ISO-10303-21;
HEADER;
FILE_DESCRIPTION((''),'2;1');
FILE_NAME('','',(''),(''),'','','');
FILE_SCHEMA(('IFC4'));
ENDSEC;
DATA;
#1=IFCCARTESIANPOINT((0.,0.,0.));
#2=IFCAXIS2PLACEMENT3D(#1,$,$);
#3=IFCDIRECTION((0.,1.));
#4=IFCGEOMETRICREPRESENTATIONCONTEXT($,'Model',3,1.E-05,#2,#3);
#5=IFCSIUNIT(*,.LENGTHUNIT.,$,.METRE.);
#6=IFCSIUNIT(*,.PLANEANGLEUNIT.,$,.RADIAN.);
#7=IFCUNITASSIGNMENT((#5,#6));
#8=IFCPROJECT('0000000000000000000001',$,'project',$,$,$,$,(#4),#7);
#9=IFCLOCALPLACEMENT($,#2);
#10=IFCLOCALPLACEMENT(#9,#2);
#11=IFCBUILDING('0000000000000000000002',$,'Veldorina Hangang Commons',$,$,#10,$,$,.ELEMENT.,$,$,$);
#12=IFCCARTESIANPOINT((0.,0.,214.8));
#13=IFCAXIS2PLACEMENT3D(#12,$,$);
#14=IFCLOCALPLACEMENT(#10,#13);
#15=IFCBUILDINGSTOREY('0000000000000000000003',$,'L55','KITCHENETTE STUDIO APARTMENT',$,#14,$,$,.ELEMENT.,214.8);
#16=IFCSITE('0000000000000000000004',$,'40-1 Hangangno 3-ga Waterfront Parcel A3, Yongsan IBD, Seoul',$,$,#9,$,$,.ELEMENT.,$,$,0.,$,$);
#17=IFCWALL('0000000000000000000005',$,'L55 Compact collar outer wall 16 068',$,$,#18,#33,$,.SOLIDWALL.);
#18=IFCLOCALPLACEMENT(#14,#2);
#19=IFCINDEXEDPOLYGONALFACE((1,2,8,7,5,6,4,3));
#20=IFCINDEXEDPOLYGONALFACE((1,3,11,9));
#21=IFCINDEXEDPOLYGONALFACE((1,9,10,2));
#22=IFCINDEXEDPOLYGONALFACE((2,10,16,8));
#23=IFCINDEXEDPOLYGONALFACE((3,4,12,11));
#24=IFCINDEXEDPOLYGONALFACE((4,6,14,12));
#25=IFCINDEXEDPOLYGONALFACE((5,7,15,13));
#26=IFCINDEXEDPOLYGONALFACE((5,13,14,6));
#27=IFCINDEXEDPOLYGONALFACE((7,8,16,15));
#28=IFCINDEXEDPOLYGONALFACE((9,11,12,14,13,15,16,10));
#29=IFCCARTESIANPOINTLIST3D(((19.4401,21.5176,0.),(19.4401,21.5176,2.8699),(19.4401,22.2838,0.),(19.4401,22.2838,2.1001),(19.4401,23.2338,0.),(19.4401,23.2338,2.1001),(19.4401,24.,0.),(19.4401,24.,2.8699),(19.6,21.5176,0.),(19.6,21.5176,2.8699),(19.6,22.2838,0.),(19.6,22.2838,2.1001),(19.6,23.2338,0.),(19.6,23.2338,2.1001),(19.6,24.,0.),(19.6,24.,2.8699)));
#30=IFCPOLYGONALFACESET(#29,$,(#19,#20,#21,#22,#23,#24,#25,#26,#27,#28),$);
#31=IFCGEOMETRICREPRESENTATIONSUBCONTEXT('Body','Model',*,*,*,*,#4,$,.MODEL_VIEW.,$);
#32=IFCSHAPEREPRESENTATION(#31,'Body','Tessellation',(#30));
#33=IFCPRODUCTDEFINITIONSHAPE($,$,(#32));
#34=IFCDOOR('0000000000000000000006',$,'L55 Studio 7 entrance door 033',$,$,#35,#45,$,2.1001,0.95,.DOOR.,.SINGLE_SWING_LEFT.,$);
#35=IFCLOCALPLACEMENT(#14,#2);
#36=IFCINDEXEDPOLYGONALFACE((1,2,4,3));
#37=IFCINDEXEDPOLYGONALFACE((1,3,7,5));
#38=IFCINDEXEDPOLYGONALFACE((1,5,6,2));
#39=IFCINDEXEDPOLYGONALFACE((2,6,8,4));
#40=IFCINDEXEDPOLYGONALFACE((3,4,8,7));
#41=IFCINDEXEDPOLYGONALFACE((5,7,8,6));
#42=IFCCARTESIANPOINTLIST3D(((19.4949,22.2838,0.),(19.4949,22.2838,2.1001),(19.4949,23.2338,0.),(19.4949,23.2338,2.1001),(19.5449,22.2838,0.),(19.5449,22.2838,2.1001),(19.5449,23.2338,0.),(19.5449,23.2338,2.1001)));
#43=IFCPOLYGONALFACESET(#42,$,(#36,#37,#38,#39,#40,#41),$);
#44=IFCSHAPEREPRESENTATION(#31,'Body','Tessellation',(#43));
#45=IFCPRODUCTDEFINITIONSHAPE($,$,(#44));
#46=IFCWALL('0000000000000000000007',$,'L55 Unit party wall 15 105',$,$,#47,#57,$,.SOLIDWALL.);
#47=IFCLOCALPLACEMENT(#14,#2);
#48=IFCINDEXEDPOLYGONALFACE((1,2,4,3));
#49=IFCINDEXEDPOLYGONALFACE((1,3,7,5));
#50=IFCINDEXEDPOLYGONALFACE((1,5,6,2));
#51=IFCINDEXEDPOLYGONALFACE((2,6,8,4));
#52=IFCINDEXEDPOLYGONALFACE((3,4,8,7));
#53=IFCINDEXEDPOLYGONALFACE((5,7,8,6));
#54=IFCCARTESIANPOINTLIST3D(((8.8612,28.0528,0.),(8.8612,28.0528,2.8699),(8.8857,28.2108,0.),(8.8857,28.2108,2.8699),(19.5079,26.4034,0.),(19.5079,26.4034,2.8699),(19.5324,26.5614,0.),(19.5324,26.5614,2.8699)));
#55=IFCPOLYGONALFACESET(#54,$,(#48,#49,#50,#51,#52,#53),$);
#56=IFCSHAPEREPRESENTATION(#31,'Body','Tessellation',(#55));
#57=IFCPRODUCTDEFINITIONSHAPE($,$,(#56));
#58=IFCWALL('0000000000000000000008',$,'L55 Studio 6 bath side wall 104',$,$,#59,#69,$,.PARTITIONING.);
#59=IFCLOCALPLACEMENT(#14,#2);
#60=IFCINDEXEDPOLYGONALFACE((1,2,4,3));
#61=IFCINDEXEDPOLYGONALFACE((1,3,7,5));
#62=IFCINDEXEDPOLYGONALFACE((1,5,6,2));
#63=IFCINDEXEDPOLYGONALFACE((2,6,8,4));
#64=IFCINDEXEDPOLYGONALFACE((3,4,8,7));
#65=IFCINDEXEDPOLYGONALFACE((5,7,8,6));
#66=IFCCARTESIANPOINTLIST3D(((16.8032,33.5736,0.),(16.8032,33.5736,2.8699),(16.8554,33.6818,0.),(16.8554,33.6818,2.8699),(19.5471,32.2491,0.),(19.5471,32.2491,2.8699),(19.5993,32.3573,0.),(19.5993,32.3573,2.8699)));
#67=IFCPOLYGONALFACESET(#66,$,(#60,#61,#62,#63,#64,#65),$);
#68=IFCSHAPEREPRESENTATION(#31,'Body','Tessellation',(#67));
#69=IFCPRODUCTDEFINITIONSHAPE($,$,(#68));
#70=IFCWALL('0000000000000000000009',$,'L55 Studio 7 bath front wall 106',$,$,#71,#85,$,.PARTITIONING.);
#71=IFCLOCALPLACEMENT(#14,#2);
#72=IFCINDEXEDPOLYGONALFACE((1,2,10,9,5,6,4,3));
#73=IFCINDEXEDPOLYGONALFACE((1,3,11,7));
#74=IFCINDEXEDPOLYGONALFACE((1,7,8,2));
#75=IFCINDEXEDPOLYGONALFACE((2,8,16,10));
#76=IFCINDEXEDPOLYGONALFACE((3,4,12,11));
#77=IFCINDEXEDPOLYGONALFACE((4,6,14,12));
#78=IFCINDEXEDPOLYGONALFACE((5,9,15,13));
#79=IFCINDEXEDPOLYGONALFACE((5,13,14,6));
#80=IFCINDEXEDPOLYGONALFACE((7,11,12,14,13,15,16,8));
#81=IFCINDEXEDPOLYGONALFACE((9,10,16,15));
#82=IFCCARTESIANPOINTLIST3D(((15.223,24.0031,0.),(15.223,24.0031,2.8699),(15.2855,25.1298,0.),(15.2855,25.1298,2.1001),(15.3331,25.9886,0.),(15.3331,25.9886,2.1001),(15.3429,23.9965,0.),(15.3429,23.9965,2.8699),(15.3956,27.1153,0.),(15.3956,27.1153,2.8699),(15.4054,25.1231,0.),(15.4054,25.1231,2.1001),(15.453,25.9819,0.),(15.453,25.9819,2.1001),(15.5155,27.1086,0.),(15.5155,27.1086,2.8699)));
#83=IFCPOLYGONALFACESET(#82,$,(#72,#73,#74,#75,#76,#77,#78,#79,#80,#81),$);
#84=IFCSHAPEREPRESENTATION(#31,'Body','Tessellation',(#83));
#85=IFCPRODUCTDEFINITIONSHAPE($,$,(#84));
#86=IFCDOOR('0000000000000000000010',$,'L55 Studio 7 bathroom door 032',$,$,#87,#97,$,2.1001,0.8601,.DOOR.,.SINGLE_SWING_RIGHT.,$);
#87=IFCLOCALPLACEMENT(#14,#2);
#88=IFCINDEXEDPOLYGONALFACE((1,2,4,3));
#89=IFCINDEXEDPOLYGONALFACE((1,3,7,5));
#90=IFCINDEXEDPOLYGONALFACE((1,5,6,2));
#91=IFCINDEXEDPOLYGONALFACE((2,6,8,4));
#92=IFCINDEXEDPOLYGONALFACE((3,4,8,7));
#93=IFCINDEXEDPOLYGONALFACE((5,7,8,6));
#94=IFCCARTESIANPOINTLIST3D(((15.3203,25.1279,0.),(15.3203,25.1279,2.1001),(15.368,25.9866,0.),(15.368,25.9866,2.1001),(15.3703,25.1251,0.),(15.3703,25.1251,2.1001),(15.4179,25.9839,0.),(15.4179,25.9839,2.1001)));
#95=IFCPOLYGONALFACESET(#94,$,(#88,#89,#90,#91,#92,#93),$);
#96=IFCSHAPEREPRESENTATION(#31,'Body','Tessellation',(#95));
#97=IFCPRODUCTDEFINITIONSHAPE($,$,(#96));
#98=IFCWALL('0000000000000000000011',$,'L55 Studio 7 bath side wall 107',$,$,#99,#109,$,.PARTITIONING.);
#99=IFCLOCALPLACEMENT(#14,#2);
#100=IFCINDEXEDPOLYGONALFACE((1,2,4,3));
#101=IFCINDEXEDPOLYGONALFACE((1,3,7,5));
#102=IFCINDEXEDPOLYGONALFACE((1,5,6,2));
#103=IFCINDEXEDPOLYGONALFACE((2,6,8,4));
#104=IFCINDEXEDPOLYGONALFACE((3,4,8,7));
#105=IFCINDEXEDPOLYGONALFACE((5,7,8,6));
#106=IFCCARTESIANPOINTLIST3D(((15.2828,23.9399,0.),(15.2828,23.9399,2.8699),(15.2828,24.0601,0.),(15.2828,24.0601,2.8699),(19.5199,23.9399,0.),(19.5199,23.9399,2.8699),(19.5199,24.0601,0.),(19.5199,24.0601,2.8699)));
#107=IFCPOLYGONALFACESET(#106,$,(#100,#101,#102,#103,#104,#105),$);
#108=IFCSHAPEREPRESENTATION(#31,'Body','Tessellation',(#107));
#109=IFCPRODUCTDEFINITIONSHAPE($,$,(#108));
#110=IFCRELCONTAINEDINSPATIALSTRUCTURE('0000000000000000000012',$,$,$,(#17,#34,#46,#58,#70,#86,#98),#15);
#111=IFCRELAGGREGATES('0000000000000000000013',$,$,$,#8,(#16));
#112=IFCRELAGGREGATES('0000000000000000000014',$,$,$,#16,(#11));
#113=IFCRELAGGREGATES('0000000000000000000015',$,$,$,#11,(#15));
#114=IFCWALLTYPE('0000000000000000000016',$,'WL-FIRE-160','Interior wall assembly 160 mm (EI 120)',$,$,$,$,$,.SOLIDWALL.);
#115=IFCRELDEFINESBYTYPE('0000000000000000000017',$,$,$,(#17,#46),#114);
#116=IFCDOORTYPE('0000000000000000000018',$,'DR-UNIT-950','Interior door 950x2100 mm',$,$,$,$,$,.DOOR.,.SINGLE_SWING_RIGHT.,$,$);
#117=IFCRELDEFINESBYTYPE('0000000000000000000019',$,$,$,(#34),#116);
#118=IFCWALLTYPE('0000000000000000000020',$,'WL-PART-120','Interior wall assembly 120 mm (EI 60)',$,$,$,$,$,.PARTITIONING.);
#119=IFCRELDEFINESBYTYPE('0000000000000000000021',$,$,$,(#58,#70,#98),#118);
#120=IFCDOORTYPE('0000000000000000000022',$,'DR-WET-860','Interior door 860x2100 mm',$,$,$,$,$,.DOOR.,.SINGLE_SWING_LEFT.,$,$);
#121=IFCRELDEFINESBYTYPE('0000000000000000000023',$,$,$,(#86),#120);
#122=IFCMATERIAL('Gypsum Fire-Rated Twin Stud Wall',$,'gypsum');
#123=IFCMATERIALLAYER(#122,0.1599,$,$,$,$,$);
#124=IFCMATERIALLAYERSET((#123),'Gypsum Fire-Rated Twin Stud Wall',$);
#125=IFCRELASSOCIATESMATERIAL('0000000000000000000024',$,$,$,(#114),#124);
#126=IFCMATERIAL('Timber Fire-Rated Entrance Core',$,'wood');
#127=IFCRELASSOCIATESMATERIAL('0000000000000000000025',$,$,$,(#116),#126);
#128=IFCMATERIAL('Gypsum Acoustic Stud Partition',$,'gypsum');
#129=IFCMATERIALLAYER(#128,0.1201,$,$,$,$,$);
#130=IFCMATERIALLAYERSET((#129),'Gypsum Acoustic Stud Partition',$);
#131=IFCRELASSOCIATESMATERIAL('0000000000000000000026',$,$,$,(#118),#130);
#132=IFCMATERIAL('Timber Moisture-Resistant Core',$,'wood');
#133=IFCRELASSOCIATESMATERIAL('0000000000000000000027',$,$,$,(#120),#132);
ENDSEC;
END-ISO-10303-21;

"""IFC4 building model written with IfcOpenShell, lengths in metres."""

from ifc_helpers import new_model, si_unit, direction, frame, frame_2d, origin, place, context, subcontext, project, spatial, rectangle, extrude, material, layer, layer_set, type_object, element, fill, save


model = new_model("IFC4")

# Units and contexts
model_context = context("Model", 3, precision=1e-05, world=origin(), true_north=direction((0.0, 1.0)))
body_context = subcontext(model_context, "Body", "Model", "MODEL_VIEW")
ifc_project = project(units=[si_unit("LENGTHUNIT", "METRE"), si_unit("PLANEANGLEUNIT", "RADIAN")], contexts=[model_context])

# Site, building, storey
site_placement = place(None, origin())
site = spatial("IfcSite", under=ifc_project, at=site_placement, Name="40-1 Hangangno 3-ga Waterfront Parcel A3, Yongsan IBD, Seoul", CompositionType="ELEMENT", RefElevation=0.0)
building_placement = place(site_placement, origin())
building = spatial("IfcBuilding", under=site, at=building_placement, Name="Veldorina Hangang Commons", CompositionType="ELEMENT")
storey_placement = place(building_placement, frame((0.0, 0.0, 214.8)))
storey = spatial("IfcBuildingStorey", under=building, at=storey_placement, Name="L55", Description="KITCHENETTE STUDIO APARTMENT", CompositionType="ELEMENT", Elevation=214.8)

# Shared definitions
ifc_material_1 = material(Name="Gypsum Fire-Rated Twin Stud Wall", Category="gypsum")
ifc_layer_1 = layer(ifc_material_1, 0.1599)
ifc_layer_set_1 = layer_set([ifc_layer_1], Name="Gypsum Fire-Rated Twin Stud Wall")
wall_type_1 = type_object("IfcWallType", Name="WL-FIRE-160", Description="Interior wall assembly 160 mm (EI 120)", PredefinedType="SOLIDWALL", material=ifc_layer_set_1)
ifc_material_2 = material(Name="Timber Fire-Rated Entrance Core", Category="wood")
door_type_1 = type_object("IfcDoorType", Name="DR-UNIT-950", Description="Interior door 950x2100 mm", OperationType="SINGLE_SWING_RIGHT", PredefinedType="DOOR", material=ifc_material_2)

# Wall, opening, door
wall_1_placement = place(storey_placement, frame((19.52, 24.0, 0.0), z_axis=(0.0, 0.0, 1.0), x_axis=(0.0, -1.0, 0.0)))
wall_1 = element("IfcWall", 1, at=wall_1_placement, inside=storey, type_object=wall_type_1, Name="L55 Compact collar outer wall 16 068", PredefinedType="SOLIDWALL", context=body_context, shape_type="SweptSolid", body=[
    extrude(rectangle(XDim=2.4824, YDim=0.1599, at=frame_2d((1.2412, 0.0))), origin(), (0.0, 0.0, 1.0), 2.8699),
])
opening_1_placement = place(wall_1_placement, frame((0.7661, 0.0, 0.0)))
opening_1 = element("IfcOpeningElement", 2, at=opening_1_placement, cuts=wall_1, PredefinedType="OPENING", context=body_context, shape_type="SweptSolid", body=[
    extrude(rectangle(XDim=0.95, YDim=2.1001, at=frame_2d((0.4751, 1.05))), frame((0.0, 0.0898, 0.0), z_axis=(0.0, -1.0, 0.0), x_axis=(1.0, 0.0, 0.0)), (0.0, 0.0, 1.0), 0.1799),
])
door_1_placement = place(opening_1_placement, origin())
door_1 = element("IfcDoor", 3, at=door_1_placement, inside=storey, type_object=door_type_1, Name="L55 Studio 7 entrance door 033", OperationType="SINGLE_SWING_LEFT", OverallHeight=2.1001, OverallWidth=0.95, PredefinedType="DOOR", context=body_context, shape_type="SweptSolid", body=[
    extrude(rectangle(XDim=0.95, YDim=2.1001, at=frame_2d((0.4751, 1.05))), frame((0.0, 0.0249, 0.0), z_axis=(0.0, -1.0, 0.0), x_axis=(1.0, 0.0, 0.0)), (0.0, 0.0, 1.0), 0.05),
])
fill(opening_1, door_1)

# Walls
wall_2_placement = place(storey_placement, frame((19.52, 26.4824, 0.0), z_axis=(0.0, 0.0, 1.0), x_axis=(-0.988211, 0.153096, 0.0)))
element("IfcWall", 4, at=wall_2_placement, inside=storey, type_object=wall_type_1, Name="L55 Unit party wall 15 105", PredefinedType="SOLIDWALL", context=body_context, shape_type="SweptSolid", body=[
    extrude(rectangle(XDim=10.7737, YDim=0.1599, at=frame_2d((5.3867, 0.0))), origin(), (0.0, 0.0, 1.0), 2.8699),
])
ifc_material_3 = material(Name="Gypsum Acoustic Stud Partition", Category="gypsum")
ifc_layer_2 = layer(ifc_material_3, 0.1201)
ifc_layer_set_2 = layer_set([ifc_layer_2], Name="Gypsum Acoustic Stud Partition")
wall_type_2 = type_object("IfcWallType", Name="WL-PART-120", Description="Interior wall assembly 120 mm (EI 60)", PredefinedType="PARTITIONING", material=ifc_layer_set_2)
wall_3_placement = place(storey_placement, frame((19.5732, 32.3032, 0.0), z_axis=(0.0, 0.0, 1.0), x_axis=(-0.900574, 0.434702, 0.0)))
element("IfcWall", 5, at=wall_3_placement, inside=storey, type_object=wall_type_2, Name="L55 Studio 6 bath side wall 104", PredefinedType="PARTITIONING", context=body_context, shape_type="SweptSolid", body=[
    extrude(rectangle(XDim=3.0469, YDim=0.1201, at=frame_2d((1.5234, 0.0))), origin(), (0.0, 0.0, 1.0), 2.8699),
])

# Wall, opening, door
wall_4_placement = place(storey_placement, frame((15.4556, 27.1121, 0.0), z_axis=(0.0, 0.0, 1.0), x_axis=(-0.055379, -0.998465, 0.0)))
wall_4 = element("IfcWall", 6, at=wall_4_placement, inside=storey, type_object=wall_type_2, Name="L55 Studio 7 bath front wall 106", PredefinedType="PARTITIONING", context=body_context, shape_type="SweptSolid", body=[
    extrude(rectangle(XDim=3.1169, YDim=0.1201, at=frame_2d((1.5586, 0.0))), origin(), (0.0, 0.0, 1.0), 2.8699),
])
opening_2_placement = place(wall_4_placement, frame((1.1284, 0.0, 0.0)))
opening_2 = element("IfcOpeningElement", 7, at=opening_2_placement, cuts=wall_4, PredefinedType="OPENING", context=body_context, shape_type="SweptSolid", body=[
    extrude(rectangle(XDim=0.8601, YDim=2.1001, at=frame_2d((0.4302, 1.05))), frame((0.0, 0.0701, 0.0), z_axis=(0.0, -1.0, 0.0), x_axis=(1.0, 0.0, 0.0)), (0.0, 0.0, 1.0), 0.1401),
])
ifc_material_4 = material(Name="Timber Moisture-Resistant Core", Category="wood")
door_type_2 = type_object("IfcDoorType", Name="DR-WET-860", Description="Interior door 860x2100 mm", OperationType="SINGLE_SWING_LEFT", PredefinedType="DOOR", material=ifc_material_4)
door_2_placement = place(opening_2_placement, origin())
door_2 = element("IfcDoor", 8, at=door_2_placement, inside=storey, type_object=door_type_2, Name="L55 Studio 7 bathroom door 032", OperationType="SINGLE_SWING_RIGHT", OverallHeight=2.1001, OverallWidth=0.8601, PredefinedType="DOOR", context=body_context, shape_type="SweptSolid", body=[
    extrude(rectangle(XDim=0.8601, YDim=2.1001, at=frame_2d((0.4302, 1.05))), frame((0.0, 0.0249, 0.0), z_axis=(0.0, -1.0, 0.0), x_axis=(1.0, 0.0, 0.0)), (0.0, 0.0, 1.0), 0.05),
])
fill(opening_2, door_2)

# Wall
wall_5_placement = place(storey_placement, frame((19.52, 24.0, 0.0), z_axis=(0.0, 0.0, 1.0), x_axis=(-1.0, 0.0, 0.0)))
element("IfcWall", 9, at=wall_5_placement, inside=storey, type_object=wall_type_2, Name="L55 Studio 7 bath side wall 107", PredefinedType="PARTITIONING", context=body_context, shape_type="SweptSolid", body=[
    extrude(rectangle(XDim=4.2371, YDim=0.1201, at=frame_2d((2.1187, 0.0))), origin(), (0.0, 0.0, 1.0), 2.8699),
])

save(model, "model.ifc")
